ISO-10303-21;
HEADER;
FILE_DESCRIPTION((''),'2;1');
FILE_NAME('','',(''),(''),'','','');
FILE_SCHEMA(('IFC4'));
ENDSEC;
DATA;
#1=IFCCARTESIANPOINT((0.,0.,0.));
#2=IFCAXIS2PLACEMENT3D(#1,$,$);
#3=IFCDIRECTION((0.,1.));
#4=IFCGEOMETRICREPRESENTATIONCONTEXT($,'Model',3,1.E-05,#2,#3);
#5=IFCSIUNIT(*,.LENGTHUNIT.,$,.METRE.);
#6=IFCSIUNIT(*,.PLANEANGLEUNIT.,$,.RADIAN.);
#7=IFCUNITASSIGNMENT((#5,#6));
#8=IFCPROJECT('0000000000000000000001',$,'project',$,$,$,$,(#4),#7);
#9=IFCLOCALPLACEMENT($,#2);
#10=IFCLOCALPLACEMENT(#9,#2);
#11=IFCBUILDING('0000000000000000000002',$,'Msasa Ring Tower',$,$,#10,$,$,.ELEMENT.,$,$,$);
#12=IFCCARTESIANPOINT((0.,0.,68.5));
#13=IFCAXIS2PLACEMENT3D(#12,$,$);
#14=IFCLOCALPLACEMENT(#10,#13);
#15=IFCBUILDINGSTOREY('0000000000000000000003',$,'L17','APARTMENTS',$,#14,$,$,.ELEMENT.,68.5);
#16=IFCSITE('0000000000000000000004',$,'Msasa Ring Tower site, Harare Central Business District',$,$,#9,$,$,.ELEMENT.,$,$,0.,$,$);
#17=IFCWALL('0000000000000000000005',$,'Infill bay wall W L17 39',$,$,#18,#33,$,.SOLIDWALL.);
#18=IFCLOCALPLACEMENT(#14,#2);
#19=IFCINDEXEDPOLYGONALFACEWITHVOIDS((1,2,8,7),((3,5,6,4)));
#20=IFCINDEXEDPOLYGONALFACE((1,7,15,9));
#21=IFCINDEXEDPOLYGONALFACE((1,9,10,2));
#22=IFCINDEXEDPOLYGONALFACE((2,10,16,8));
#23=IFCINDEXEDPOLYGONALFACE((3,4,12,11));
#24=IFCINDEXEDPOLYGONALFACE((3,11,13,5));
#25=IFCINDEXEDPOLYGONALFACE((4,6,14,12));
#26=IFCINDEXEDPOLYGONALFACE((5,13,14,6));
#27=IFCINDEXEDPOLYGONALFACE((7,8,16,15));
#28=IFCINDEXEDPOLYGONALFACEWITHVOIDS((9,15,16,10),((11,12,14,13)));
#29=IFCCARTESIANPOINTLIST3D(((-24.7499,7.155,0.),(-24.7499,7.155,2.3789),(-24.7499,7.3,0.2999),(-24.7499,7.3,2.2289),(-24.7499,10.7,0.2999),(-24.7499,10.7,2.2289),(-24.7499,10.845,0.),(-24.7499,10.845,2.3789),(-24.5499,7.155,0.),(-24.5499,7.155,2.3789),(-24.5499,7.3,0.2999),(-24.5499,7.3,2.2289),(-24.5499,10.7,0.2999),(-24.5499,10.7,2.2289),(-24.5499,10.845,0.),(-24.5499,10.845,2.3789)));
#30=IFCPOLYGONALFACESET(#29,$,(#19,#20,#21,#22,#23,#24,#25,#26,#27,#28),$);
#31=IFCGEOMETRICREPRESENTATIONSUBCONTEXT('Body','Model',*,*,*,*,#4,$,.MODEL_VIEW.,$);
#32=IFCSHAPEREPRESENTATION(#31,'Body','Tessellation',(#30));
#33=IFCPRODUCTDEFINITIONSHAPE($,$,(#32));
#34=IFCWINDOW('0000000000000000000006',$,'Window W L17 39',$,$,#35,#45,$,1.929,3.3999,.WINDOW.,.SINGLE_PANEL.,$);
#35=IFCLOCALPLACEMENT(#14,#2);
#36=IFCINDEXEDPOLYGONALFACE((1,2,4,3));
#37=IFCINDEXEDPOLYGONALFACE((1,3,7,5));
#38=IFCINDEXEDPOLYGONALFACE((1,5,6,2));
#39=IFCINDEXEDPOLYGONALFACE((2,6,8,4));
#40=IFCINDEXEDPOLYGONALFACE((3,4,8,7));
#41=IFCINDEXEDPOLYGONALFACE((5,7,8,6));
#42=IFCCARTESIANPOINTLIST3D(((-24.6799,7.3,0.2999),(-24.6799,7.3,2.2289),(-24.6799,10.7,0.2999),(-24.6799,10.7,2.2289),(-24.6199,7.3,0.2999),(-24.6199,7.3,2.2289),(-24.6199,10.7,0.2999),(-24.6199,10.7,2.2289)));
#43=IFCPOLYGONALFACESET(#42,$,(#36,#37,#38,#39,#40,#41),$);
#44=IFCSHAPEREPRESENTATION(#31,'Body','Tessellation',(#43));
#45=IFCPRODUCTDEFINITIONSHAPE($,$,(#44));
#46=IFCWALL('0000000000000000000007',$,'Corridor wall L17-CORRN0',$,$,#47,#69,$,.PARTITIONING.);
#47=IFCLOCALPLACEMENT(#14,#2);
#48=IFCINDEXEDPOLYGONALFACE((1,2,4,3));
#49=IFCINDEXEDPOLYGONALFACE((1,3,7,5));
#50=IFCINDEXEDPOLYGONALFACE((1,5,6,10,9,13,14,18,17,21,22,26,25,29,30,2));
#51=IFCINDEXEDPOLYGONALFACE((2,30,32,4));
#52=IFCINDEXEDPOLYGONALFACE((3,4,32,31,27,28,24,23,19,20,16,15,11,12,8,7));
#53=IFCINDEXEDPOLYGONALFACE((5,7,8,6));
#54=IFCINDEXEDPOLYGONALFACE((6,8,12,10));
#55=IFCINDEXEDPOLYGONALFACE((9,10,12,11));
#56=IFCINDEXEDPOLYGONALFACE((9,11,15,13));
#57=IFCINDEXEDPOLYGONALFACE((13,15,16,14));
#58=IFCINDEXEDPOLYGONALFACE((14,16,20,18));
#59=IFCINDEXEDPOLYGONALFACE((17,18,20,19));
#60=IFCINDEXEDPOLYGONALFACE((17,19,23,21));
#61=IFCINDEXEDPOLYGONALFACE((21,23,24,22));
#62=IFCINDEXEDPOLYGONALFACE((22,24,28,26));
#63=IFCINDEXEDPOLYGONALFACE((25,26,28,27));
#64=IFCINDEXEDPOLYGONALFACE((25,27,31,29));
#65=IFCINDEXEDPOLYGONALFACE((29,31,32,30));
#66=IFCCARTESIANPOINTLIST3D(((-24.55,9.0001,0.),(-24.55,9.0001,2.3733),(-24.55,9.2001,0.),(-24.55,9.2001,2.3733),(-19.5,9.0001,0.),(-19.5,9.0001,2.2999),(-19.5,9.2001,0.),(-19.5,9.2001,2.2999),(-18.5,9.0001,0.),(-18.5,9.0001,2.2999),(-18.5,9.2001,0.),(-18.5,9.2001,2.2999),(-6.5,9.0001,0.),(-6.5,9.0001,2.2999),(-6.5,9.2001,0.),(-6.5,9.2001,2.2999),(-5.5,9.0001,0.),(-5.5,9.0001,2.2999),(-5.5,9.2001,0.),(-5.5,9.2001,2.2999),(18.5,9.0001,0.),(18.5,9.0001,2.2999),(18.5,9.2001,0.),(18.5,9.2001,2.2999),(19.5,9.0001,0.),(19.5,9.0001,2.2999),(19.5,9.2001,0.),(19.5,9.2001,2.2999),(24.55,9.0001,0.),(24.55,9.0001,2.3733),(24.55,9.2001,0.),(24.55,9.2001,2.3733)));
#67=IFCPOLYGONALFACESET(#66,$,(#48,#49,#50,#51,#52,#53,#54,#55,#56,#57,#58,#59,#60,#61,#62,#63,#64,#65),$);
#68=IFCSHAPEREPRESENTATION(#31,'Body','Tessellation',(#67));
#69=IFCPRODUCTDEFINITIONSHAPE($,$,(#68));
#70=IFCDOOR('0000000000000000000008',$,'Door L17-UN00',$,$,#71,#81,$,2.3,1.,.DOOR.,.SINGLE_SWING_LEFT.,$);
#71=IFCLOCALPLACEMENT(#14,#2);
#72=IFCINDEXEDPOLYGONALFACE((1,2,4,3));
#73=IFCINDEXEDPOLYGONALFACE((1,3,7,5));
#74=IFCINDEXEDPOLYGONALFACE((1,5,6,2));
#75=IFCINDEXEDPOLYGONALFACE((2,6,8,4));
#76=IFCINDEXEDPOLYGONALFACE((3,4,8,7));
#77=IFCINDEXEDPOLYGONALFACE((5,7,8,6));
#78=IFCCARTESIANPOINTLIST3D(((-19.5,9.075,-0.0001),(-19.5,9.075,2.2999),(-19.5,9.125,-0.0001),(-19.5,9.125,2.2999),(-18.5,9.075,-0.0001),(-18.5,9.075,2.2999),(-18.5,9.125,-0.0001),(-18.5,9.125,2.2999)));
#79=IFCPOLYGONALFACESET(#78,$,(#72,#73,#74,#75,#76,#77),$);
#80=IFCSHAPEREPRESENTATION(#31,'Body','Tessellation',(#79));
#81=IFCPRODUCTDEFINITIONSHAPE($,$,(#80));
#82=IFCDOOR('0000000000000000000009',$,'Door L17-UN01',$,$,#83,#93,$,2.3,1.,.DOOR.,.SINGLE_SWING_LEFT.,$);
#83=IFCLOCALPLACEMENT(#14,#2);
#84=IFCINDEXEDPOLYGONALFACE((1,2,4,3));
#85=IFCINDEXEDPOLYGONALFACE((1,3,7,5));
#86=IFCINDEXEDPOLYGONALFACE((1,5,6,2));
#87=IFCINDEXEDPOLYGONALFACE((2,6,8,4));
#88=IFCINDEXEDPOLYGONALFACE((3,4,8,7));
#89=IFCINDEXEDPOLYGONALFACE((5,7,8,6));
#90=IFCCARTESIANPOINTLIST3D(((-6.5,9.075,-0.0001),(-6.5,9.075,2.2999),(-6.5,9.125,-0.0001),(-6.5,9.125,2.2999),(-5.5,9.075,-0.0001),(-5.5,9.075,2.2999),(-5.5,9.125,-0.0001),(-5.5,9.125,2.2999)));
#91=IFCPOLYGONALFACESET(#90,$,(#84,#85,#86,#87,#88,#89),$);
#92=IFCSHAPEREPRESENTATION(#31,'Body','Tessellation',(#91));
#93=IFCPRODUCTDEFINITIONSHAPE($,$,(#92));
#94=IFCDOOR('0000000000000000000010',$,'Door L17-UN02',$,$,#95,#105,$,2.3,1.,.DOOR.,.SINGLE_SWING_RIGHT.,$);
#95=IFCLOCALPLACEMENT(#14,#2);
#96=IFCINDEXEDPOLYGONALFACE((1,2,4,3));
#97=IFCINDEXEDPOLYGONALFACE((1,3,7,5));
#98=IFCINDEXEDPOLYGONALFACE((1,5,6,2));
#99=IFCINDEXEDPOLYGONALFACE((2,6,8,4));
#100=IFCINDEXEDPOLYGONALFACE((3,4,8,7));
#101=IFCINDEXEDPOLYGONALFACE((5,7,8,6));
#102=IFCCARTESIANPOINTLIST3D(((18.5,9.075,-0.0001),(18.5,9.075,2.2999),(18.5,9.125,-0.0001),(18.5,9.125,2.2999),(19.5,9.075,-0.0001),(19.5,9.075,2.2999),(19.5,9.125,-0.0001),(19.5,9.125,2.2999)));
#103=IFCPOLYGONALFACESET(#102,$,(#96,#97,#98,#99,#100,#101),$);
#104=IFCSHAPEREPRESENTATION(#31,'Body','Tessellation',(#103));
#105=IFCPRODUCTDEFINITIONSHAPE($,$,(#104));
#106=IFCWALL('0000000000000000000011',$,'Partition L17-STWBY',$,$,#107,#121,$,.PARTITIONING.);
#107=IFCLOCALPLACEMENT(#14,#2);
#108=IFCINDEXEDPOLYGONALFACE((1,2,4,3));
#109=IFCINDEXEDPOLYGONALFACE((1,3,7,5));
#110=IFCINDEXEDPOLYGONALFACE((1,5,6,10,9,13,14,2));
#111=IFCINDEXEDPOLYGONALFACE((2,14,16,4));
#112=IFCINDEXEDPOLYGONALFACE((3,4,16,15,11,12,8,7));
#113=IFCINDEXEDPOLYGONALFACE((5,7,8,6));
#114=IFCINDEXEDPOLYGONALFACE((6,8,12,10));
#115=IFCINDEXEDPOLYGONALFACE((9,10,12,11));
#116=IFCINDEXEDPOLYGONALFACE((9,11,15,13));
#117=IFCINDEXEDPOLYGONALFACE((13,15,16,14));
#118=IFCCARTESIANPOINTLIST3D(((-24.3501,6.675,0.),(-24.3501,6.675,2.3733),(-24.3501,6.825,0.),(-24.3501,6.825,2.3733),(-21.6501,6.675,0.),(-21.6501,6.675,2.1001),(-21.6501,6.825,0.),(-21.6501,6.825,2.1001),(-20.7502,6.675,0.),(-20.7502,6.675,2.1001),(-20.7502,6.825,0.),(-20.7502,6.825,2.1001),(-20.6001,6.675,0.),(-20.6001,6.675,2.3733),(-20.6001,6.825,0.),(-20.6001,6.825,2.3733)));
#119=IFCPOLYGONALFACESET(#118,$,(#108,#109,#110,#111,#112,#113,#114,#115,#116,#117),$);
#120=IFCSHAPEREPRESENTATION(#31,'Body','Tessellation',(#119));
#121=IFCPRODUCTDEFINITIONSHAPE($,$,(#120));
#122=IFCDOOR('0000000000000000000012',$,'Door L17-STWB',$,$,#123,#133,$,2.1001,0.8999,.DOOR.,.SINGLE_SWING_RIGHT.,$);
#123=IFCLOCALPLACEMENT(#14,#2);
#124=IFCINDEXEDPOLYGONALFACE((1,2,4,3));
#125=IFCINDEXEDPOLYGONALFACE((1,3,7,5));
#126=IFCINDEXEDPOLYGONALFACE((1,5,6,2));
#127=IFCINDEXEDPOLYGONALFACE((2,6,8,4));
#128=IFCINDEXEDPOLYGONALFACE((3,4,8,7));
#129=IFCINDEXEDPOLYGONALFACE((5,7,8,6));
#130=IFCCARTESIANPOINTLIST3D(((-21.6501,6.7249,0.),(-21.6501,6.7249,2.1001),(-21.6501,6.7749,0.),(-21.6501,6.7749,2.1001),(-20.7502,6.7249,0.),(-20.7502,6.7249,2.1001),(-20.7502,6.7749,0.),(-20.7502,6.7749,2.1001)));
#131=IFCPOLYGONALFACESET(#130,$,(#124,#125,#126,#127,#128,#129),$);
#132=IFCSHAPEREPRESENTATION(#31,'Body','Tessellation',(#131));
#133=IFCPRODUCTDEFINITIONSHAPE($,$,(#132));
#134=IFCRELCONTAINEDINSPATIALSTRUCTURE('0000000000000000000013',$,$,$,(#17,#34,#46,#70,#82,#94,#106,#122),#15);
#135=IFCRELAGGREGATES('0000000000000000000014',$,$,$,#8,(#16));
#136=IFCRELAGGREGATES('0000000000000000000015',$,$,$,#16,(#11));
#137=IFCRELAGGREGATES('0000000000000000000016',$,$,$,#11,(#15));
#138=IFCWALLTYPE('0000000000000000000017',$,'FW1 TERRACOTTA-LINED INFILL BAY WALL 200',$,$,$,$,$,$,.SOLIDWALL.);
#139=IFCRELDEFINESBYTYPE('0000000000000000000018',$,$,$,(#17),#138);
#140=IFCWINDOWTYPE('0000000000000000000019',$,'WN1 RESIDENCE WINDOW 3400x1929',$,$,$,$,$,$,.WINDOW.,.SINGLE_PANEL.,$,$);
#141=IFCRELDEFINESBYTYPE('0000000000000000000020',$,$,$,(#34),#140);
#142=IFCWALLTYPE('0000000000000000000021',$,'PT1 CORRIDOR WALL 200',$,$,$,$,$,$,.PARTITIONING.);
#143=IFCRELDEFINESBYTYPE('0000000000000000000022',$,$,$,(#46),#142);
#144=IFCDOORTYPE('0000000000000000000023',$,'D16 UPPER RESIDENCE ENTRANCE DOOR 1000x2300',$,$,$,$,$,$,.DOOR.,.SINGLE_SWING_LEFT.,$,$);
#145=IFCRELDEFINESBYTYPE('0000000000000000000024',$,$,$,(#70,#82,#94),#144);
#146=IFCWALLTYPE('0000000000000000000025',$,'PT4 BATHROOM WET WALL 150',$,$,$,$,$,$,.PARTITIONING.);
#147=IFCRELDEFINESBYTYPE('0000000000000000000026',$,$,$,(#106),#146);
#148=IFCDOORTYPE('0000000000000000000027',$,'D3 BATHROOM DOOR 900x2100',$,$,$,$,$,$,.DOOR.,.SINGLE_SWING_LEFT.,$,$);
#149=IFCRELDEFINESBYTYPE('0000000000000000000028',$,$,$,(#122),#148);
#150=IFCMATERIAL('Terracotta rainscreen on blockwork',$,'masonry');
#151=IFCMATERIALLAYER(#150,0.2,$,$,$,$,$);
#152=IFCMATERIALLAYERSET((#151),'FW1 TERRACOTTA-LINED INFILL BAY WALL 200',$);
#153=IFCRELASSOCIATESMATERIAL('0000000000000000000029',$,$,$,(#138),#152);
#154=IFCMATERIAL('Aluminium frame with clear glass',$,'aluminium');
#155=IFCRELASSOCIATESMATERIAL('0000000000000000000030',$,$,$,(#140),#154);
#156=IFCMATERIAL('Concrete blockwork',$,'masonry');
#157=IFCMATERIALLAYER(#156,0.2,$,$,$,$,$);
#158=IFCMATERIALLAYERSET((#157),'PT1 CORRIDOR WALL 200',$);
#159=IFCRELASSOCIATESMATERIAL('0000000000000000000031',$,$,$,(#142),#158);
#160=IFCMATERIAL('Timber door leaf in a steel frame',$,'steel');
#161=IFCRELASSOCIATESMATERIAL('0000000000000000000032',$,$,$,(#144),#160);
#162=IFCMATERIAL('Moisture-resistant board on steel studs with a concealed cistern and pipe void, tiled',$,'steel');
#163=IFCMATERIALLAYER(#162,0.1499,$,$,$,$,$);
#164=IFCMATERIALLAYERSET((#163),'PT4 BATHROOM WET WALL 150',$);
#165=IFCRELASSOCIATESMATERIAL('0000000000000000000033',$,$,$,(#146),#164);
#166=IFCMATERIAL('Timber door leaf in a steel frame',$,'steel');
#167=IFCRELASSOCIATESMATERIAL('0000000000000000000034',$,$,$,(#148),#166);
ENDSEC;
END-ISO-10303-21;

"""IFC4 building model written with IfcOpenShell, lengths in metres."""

from ifc_helpers import new_model, si_unit, direction, frame, frame_2d, origin, place, context, subcontext, project, spatial, rectangle, extrude, material, layer, layer_set, type_object, element, fill, save


model = new_model("IFC4")

# Units and contexts
model_context = context("Model", 3, precision=1e-05, world=origin(), true_north=direction((0.0, 1.0)))
body_context = subcontext(model_context, "Body", "Model", "MODEL_VIEW")
ifc_project = project(units=[si_unit("LENGTHUNIT", "METRE"), si_unit("PLANEANGLEUNIT", "RADIAN")], contexts=[model_context])

# Site, building, storey
site_placement = place(None, origin())
site = spatial("IfcSite", under=ifc_project, at=site_placement, Name="Msasa Ring Tower site, Harare Central Business District", CompositionType="ELEMENT", RefElevation=0.0)
building_placement = place(site_placement, origin())
building = spatial("IfcBuilding", under=site, at=building_placement, Name="Msasa Ring Tower", CompositionType="ELEMENT")
storey_placement = place(building_placement, frame((0.0, 0.0, 68.5)))
storey = spatial("IfcBuildingStorey", under=building, at=storey_placement, Name="L17", Description="APARTMENTS", CompositionType="ELEMENT", Elevation=68.5)

# Wall, opening, window
ifc_material_1 = material(Name="Terracotta rainscreen on blockwork", Category="masonry")
ifc_layer_1 = layer(ifc_material_1, 0.2)
ifc_layer_set_1 = layer_set([ifc_layer_1], Name="FW1 TERRACOTTA-LINED INFILL BAY WALL 200")
wall_type_1 = type_object("IfcWallType", Name="FW1 TERRACOTTA-LINED INFILL BAY WALL 200", PredefinedType="SOLIDWALL", material=ifc_layer_set_1)
wall_1_placement = place(storey_placement, frame((-24.6499, 7.155, 0.0), z_axis=(0.0, 0.0, 1.0), x_axis=(0.0, 1.0, 0.0)))
wall_1 = element("IfcWall", 1, at=wall_1_placement, inside=storey, type_object=wall_type_1, Name="Infill bay wall W L17 39", PredefinedType="SOLIDWALL", context=body_context, shape_type="SweptSolid", body=[
    extrude(rectangle(XDim=3.6899, YDim=0.2, at=frame_2d((1.845, 0.0))), origin(), (0.0, 0.0, 1.0), 2.3789),
])
opening_1_placement = place(wall_1_placement, frame((0.145, 0.0, 0.3)))
opening_1 = element("IfcOpeningElement", 2, at=opening_1_placement, cuts=wall_1, PredefinedType="OPENING", context=body_context, shape_type="SweptSolid", body=[
    extrude(rectangle(XDim=3.3999, YDim=1.929, at=frame_2d((1.7, 0.9644))), frame((0.0, 0.1099, 0.0), z_axis=(0.0, -1.0, 0.0), x_axis=(1.0, 0.0, 0.0)), (0.0, 0.0, 1.0), 0.22),
])
ifc_material_2 = material(Name="Aluminium frame with clear glass", Category="aluminium")
window_type = type_object("IfcWindowType", Name="WN1 RESIDENCE WINDOW 3400x1929", PartitioningType="SINGLE_PANEL", PredefinedType="WINDOW", material=ifc_material_2)
window_placement = place(opening_1_placement, origin())
window = element("IfcWindow", 3, at=window_placement, inside=storey, type_object=window_type, Name="Window W L17 39", OverallHeight=1.929, OverallWidth=3.3999, PartitioningType="SINGLE_PANEL", PredefinedType="WINDOW", context=body_context, shape_type="SweptSolid", body=[
    extrude(rectangle(XDim=3.3999, YDim=1.929, at=frame_2d((1.7, 0.9644))), frame((0.0, 0.03, 0.0), z_axis=(0.0, -1.0, 0.0), x_axis=(1.0, 0.0, 0.0)), (0.0, 0.0, 1.0), 0.0601),
])
fill(opening_1, window)

# Wall, openings, doors
ifc_material_3 = material(Name="Concrete blockwork", Category="masonry")
ifc_layer_2 = layer(ifc_material_3, 0.2)
ifc_layer_set_2 = layer_set([ifc_layer_2], Name="PT1 CORRIDOR WALL 200")
wall_type_2 = type_object("IfcWallType", Name="PT1 CORRIDOR WALL 200", PredefinedType="PARTITIONING", material=ifc_layer_set_2)
wall_2_placement = place(storey_placement, frame((-24.55, 9.1001, 0.0), z_axis=(0.0, 0.0, 1.0), x_axis=(1.0, 0.0, 0.0)))
wall_2 = element("IfcWall", 4, at=wall_2_placement, inside=storey, type_object=wall_type_2, Name="Corridor wall L17-CORRN0", PredefinedType="PARTITIONING", context=body_context, shape_type="SweptSolid", body=[
    extrude(rectangle(XDim=49.1001, YDim=0.2, at=frame_2d((24.55, 0.0))), origin(), (0.0, 0.0, 1.0), 2.3733),
])
opening_2_placement = place(wall_2_placement, frame((5.05, 0.0, 0.0)))
opening_2 = element("IfcOpeningElement", 5, at=opening_2_placement, cuts=wall_2, PredefinedType="OPENING", context=body_context, shape_type="SweptSolid", body=[
    extrude(rectangle(XDim=1.0, YDim=2.3, at=frame_2d((0.5, 1.1499))), frame((0.0, 0.1099, 0.0), z_axis=(0.0, -1.0, 0.0), x_axis=(1.0, 0.0, 0.0)), (0.0, 0.0, 1.0), 0.22),
])
opening_3_placement = place(wall_2_placement, frame((18.05, 0.0, 0.0)))
opening_3 = element("IfcOpeningElement", 6, at=opening_3_placement, cuts=wall_2, PredefinedType="OPENING", context=body_context, shape_type="SweptSolid", body=[
    extrude(rectangle(XDim=1.0, YDim=2.3, at=frame_2d((0.5, 1.1499))), frame((0.0, 0.1099, 0.0), z_axis=(0.0, -1.0, 0.0), x_axis=(1.0, 0.0, 0.0)), (0.0, 0.0, 1.0), 0.22),
])
opening_4_placement = place(wall_2_placement, frame((43.05, 0.0, 0.0)))
opening_4 = element("IfcOpeningElement", 7, at=opening_4_placement, cuts=wall_2, PredefinedType="OPENING", context=body_context, shape_type="SweptSolid", body=[
    extrude(rectangle(XDim=1.0, YDim=2.3, at=frame_2d((0.5, 1.1499))), frame((0.0, 0.1099, 0.0), z_axis=(0.0, -1.0, 0.0), x_axis=(1.0, 0.0, 0.0)), (0.0, 0.0, 1.0), 0.22),
])
ifc_material_4 = material(Name="Timber door leaf in a steel frame", Category="steel")
door_type_1 = type_object("IfcDoorType", Name="D16 UPPER RESIDENCE ENTRANCE DOOR 1000x2300", OperationType="SINGLE_SWING_LEFT", PredefinedType="DOOR", material=ifc_material_4)
door_1_placement = place(opening_2_placement, origin())
door_1 = element("IfcDoor", 8, at=door_1_placement, inside=storey, type_object=door_type_1, Name="Door L17-UN00", OperationType="SINGLE_SWING_LEFT", OverallHeight=2.3, OverallWidth=1.0, PredefinedType="DOOR", context=body_context, shape_type="SweptSolid", body=[
    extrude(rectangle(XDim=1.0, YDim=2.3, at=frame_2d((0.5, 1.1499))), frame((0.0, 0.0249, 0.0), z_axis=(0.0, -1.0, 0.0), x_axis=(1.0, 0.0, 0.0)), (0.0, 0.0, 1.0), 0.05),
])
fill(opening_2, door_1)
door_2_placement = place(opening_3_placement, origin())
door_2 = element("IfcDoor", 9, at=door_2_placement, inside=storey, type_object=door_type_1, Name="Door L17-UN01", OperationType="SINGLE_SWING_LEFT", OverallHeight=2.3, OverallWidth=1.0, PredefinedType="DOOR", context=body_context, shape_type="SweptSolid", body=[
    extrude(rectangle(XDim=1.0, YDim=2.3, at=frame_2d((0.5, 1.1499))), frame((0.0, 0.0249, 0.0), z_axis=(0.0, -1.0, 0.0), x_axis=(1.0, 0.0, 0.0)), (0.0, 0.0, 1.0), 0.05),
])
fill(opening_3, door_2)
door_3_placement = place(opening_4_placement, origin())
door_3 = element("IfcDoor", 10, at=door_3_placement, inside=storey, type_object=door_type_1, Name="Door L17-UN02", OperationType="SINGLE_SWING_RIGHT", OverallHeight=2.3, OverallWidth=1.0, PredefinedType="DOOR", context=body_context, shape_type="SweptSolid", body=[
    extrude(rectangle(XDim=1.0, YDim=2.3, at=frame_2d((0.5, 1.1499))), frame((0.0, 0.0249, 0.0), z_axis=(0.0, -1.0, 0.0), x_axis=(1.0, 0.0, 0.0)), (0.0, 0.0, 1.0), 0.05),
])
fill(opening_4, door_3)

# Wall, opening, door
ifc_material_5 = material(Name="Moisture-resistant board on steel studs with a concealed cistern and pipe void, tiled", Category="steel")
ifc_layer_3 = layer(ifc_material_5, 0.1499)
ifc_layer_set_3 = layer_set([ifc_layer_3], Name="PT4 BATHROOM WET WALL 150")
wall_type_3 = type_object("IfcWallType", Name="PT4 BATHROOM WET WALL 150", PredefinedType="PARTITIONING", material=ifc_layer_set_3)
wall_3_placement = place(storey_placement, frame((-24.3501, 6.75, 0.0), z_axis=(0.0, 0.0, 1.0), x_axis=(1.0, 0.0, 0.0)))
wall_3 = element("IfcWall", 11, at=wall_3_placement, inside=storey, type_object=wall_type_3, Name="Partition L17-STWBY", PredefinedType="PARTITIONING", context=body_context, shape_type="SweptSolid", body=[
    extrude(rectangle(XDim=3.75, YDim=0.1499, at=frame_2d((1.875, 0.0))), origin(), (0.0, 0.0, 1.0), 2.3733),
])
opening_5_placement = place(wall_3_placement, frame((2.7, 0.0, 0.0)))
opening_5 = element("IfcOpeningElement", 12, at=opening_5_placement, cuts=wall_3, PredefinedType="OPENING", context=body_context, shape_type="SweptSolid", body=[
    extrude(rectangle(XDim=0.8999, YDim=2.1001, at=frame_2d((0.45, 1.05))), frame((0.0, 0.085, 0.0), z_axis=(0.0, -1.0, 0.0), x_axis=(1.0, 0.0, 0.0)), (0.0, 0.0, 1.0), 0.1699),
])
ifc_material_6 = material(Name="Timber door leaf in a steel frame", Category="steel")
door_type_2 = type_object("IfcDoorType", Name="D3 BATHROOM DOOR 900x2100", OperationType="SINGLE_SWING_LEFT", PredefinedType="DOOR", material=ifc_material_6)
door_4_placement = place(opening_5_placement, origin())
door_4 = element("IfcDoor", 13, at=door_4_placement, inside=storey, type_object=door_type_2, Name="Door L17-STWB", OperationType="SINGLE_SWING_RIGHT", OverallHeight=2.1001, OverallWidth=0.8999, PredefinedType="DOOR", context=body_context, shape_type="SweptSolid", body=[
    extrude(rectangle(XDim=0.8999, YDim=2.1001, at=frame_2d((0.45, 1.05))), frame((0.0, 0.0249, 0.0), z_axis=(0.0, -1.0, 0.0), x_axis=(1.0, 0.0, 0.0)), (0.0, 0.0, 1.0), 0.05),
])
fill(opening_5, door_4)

save(model, "model.ifc")
